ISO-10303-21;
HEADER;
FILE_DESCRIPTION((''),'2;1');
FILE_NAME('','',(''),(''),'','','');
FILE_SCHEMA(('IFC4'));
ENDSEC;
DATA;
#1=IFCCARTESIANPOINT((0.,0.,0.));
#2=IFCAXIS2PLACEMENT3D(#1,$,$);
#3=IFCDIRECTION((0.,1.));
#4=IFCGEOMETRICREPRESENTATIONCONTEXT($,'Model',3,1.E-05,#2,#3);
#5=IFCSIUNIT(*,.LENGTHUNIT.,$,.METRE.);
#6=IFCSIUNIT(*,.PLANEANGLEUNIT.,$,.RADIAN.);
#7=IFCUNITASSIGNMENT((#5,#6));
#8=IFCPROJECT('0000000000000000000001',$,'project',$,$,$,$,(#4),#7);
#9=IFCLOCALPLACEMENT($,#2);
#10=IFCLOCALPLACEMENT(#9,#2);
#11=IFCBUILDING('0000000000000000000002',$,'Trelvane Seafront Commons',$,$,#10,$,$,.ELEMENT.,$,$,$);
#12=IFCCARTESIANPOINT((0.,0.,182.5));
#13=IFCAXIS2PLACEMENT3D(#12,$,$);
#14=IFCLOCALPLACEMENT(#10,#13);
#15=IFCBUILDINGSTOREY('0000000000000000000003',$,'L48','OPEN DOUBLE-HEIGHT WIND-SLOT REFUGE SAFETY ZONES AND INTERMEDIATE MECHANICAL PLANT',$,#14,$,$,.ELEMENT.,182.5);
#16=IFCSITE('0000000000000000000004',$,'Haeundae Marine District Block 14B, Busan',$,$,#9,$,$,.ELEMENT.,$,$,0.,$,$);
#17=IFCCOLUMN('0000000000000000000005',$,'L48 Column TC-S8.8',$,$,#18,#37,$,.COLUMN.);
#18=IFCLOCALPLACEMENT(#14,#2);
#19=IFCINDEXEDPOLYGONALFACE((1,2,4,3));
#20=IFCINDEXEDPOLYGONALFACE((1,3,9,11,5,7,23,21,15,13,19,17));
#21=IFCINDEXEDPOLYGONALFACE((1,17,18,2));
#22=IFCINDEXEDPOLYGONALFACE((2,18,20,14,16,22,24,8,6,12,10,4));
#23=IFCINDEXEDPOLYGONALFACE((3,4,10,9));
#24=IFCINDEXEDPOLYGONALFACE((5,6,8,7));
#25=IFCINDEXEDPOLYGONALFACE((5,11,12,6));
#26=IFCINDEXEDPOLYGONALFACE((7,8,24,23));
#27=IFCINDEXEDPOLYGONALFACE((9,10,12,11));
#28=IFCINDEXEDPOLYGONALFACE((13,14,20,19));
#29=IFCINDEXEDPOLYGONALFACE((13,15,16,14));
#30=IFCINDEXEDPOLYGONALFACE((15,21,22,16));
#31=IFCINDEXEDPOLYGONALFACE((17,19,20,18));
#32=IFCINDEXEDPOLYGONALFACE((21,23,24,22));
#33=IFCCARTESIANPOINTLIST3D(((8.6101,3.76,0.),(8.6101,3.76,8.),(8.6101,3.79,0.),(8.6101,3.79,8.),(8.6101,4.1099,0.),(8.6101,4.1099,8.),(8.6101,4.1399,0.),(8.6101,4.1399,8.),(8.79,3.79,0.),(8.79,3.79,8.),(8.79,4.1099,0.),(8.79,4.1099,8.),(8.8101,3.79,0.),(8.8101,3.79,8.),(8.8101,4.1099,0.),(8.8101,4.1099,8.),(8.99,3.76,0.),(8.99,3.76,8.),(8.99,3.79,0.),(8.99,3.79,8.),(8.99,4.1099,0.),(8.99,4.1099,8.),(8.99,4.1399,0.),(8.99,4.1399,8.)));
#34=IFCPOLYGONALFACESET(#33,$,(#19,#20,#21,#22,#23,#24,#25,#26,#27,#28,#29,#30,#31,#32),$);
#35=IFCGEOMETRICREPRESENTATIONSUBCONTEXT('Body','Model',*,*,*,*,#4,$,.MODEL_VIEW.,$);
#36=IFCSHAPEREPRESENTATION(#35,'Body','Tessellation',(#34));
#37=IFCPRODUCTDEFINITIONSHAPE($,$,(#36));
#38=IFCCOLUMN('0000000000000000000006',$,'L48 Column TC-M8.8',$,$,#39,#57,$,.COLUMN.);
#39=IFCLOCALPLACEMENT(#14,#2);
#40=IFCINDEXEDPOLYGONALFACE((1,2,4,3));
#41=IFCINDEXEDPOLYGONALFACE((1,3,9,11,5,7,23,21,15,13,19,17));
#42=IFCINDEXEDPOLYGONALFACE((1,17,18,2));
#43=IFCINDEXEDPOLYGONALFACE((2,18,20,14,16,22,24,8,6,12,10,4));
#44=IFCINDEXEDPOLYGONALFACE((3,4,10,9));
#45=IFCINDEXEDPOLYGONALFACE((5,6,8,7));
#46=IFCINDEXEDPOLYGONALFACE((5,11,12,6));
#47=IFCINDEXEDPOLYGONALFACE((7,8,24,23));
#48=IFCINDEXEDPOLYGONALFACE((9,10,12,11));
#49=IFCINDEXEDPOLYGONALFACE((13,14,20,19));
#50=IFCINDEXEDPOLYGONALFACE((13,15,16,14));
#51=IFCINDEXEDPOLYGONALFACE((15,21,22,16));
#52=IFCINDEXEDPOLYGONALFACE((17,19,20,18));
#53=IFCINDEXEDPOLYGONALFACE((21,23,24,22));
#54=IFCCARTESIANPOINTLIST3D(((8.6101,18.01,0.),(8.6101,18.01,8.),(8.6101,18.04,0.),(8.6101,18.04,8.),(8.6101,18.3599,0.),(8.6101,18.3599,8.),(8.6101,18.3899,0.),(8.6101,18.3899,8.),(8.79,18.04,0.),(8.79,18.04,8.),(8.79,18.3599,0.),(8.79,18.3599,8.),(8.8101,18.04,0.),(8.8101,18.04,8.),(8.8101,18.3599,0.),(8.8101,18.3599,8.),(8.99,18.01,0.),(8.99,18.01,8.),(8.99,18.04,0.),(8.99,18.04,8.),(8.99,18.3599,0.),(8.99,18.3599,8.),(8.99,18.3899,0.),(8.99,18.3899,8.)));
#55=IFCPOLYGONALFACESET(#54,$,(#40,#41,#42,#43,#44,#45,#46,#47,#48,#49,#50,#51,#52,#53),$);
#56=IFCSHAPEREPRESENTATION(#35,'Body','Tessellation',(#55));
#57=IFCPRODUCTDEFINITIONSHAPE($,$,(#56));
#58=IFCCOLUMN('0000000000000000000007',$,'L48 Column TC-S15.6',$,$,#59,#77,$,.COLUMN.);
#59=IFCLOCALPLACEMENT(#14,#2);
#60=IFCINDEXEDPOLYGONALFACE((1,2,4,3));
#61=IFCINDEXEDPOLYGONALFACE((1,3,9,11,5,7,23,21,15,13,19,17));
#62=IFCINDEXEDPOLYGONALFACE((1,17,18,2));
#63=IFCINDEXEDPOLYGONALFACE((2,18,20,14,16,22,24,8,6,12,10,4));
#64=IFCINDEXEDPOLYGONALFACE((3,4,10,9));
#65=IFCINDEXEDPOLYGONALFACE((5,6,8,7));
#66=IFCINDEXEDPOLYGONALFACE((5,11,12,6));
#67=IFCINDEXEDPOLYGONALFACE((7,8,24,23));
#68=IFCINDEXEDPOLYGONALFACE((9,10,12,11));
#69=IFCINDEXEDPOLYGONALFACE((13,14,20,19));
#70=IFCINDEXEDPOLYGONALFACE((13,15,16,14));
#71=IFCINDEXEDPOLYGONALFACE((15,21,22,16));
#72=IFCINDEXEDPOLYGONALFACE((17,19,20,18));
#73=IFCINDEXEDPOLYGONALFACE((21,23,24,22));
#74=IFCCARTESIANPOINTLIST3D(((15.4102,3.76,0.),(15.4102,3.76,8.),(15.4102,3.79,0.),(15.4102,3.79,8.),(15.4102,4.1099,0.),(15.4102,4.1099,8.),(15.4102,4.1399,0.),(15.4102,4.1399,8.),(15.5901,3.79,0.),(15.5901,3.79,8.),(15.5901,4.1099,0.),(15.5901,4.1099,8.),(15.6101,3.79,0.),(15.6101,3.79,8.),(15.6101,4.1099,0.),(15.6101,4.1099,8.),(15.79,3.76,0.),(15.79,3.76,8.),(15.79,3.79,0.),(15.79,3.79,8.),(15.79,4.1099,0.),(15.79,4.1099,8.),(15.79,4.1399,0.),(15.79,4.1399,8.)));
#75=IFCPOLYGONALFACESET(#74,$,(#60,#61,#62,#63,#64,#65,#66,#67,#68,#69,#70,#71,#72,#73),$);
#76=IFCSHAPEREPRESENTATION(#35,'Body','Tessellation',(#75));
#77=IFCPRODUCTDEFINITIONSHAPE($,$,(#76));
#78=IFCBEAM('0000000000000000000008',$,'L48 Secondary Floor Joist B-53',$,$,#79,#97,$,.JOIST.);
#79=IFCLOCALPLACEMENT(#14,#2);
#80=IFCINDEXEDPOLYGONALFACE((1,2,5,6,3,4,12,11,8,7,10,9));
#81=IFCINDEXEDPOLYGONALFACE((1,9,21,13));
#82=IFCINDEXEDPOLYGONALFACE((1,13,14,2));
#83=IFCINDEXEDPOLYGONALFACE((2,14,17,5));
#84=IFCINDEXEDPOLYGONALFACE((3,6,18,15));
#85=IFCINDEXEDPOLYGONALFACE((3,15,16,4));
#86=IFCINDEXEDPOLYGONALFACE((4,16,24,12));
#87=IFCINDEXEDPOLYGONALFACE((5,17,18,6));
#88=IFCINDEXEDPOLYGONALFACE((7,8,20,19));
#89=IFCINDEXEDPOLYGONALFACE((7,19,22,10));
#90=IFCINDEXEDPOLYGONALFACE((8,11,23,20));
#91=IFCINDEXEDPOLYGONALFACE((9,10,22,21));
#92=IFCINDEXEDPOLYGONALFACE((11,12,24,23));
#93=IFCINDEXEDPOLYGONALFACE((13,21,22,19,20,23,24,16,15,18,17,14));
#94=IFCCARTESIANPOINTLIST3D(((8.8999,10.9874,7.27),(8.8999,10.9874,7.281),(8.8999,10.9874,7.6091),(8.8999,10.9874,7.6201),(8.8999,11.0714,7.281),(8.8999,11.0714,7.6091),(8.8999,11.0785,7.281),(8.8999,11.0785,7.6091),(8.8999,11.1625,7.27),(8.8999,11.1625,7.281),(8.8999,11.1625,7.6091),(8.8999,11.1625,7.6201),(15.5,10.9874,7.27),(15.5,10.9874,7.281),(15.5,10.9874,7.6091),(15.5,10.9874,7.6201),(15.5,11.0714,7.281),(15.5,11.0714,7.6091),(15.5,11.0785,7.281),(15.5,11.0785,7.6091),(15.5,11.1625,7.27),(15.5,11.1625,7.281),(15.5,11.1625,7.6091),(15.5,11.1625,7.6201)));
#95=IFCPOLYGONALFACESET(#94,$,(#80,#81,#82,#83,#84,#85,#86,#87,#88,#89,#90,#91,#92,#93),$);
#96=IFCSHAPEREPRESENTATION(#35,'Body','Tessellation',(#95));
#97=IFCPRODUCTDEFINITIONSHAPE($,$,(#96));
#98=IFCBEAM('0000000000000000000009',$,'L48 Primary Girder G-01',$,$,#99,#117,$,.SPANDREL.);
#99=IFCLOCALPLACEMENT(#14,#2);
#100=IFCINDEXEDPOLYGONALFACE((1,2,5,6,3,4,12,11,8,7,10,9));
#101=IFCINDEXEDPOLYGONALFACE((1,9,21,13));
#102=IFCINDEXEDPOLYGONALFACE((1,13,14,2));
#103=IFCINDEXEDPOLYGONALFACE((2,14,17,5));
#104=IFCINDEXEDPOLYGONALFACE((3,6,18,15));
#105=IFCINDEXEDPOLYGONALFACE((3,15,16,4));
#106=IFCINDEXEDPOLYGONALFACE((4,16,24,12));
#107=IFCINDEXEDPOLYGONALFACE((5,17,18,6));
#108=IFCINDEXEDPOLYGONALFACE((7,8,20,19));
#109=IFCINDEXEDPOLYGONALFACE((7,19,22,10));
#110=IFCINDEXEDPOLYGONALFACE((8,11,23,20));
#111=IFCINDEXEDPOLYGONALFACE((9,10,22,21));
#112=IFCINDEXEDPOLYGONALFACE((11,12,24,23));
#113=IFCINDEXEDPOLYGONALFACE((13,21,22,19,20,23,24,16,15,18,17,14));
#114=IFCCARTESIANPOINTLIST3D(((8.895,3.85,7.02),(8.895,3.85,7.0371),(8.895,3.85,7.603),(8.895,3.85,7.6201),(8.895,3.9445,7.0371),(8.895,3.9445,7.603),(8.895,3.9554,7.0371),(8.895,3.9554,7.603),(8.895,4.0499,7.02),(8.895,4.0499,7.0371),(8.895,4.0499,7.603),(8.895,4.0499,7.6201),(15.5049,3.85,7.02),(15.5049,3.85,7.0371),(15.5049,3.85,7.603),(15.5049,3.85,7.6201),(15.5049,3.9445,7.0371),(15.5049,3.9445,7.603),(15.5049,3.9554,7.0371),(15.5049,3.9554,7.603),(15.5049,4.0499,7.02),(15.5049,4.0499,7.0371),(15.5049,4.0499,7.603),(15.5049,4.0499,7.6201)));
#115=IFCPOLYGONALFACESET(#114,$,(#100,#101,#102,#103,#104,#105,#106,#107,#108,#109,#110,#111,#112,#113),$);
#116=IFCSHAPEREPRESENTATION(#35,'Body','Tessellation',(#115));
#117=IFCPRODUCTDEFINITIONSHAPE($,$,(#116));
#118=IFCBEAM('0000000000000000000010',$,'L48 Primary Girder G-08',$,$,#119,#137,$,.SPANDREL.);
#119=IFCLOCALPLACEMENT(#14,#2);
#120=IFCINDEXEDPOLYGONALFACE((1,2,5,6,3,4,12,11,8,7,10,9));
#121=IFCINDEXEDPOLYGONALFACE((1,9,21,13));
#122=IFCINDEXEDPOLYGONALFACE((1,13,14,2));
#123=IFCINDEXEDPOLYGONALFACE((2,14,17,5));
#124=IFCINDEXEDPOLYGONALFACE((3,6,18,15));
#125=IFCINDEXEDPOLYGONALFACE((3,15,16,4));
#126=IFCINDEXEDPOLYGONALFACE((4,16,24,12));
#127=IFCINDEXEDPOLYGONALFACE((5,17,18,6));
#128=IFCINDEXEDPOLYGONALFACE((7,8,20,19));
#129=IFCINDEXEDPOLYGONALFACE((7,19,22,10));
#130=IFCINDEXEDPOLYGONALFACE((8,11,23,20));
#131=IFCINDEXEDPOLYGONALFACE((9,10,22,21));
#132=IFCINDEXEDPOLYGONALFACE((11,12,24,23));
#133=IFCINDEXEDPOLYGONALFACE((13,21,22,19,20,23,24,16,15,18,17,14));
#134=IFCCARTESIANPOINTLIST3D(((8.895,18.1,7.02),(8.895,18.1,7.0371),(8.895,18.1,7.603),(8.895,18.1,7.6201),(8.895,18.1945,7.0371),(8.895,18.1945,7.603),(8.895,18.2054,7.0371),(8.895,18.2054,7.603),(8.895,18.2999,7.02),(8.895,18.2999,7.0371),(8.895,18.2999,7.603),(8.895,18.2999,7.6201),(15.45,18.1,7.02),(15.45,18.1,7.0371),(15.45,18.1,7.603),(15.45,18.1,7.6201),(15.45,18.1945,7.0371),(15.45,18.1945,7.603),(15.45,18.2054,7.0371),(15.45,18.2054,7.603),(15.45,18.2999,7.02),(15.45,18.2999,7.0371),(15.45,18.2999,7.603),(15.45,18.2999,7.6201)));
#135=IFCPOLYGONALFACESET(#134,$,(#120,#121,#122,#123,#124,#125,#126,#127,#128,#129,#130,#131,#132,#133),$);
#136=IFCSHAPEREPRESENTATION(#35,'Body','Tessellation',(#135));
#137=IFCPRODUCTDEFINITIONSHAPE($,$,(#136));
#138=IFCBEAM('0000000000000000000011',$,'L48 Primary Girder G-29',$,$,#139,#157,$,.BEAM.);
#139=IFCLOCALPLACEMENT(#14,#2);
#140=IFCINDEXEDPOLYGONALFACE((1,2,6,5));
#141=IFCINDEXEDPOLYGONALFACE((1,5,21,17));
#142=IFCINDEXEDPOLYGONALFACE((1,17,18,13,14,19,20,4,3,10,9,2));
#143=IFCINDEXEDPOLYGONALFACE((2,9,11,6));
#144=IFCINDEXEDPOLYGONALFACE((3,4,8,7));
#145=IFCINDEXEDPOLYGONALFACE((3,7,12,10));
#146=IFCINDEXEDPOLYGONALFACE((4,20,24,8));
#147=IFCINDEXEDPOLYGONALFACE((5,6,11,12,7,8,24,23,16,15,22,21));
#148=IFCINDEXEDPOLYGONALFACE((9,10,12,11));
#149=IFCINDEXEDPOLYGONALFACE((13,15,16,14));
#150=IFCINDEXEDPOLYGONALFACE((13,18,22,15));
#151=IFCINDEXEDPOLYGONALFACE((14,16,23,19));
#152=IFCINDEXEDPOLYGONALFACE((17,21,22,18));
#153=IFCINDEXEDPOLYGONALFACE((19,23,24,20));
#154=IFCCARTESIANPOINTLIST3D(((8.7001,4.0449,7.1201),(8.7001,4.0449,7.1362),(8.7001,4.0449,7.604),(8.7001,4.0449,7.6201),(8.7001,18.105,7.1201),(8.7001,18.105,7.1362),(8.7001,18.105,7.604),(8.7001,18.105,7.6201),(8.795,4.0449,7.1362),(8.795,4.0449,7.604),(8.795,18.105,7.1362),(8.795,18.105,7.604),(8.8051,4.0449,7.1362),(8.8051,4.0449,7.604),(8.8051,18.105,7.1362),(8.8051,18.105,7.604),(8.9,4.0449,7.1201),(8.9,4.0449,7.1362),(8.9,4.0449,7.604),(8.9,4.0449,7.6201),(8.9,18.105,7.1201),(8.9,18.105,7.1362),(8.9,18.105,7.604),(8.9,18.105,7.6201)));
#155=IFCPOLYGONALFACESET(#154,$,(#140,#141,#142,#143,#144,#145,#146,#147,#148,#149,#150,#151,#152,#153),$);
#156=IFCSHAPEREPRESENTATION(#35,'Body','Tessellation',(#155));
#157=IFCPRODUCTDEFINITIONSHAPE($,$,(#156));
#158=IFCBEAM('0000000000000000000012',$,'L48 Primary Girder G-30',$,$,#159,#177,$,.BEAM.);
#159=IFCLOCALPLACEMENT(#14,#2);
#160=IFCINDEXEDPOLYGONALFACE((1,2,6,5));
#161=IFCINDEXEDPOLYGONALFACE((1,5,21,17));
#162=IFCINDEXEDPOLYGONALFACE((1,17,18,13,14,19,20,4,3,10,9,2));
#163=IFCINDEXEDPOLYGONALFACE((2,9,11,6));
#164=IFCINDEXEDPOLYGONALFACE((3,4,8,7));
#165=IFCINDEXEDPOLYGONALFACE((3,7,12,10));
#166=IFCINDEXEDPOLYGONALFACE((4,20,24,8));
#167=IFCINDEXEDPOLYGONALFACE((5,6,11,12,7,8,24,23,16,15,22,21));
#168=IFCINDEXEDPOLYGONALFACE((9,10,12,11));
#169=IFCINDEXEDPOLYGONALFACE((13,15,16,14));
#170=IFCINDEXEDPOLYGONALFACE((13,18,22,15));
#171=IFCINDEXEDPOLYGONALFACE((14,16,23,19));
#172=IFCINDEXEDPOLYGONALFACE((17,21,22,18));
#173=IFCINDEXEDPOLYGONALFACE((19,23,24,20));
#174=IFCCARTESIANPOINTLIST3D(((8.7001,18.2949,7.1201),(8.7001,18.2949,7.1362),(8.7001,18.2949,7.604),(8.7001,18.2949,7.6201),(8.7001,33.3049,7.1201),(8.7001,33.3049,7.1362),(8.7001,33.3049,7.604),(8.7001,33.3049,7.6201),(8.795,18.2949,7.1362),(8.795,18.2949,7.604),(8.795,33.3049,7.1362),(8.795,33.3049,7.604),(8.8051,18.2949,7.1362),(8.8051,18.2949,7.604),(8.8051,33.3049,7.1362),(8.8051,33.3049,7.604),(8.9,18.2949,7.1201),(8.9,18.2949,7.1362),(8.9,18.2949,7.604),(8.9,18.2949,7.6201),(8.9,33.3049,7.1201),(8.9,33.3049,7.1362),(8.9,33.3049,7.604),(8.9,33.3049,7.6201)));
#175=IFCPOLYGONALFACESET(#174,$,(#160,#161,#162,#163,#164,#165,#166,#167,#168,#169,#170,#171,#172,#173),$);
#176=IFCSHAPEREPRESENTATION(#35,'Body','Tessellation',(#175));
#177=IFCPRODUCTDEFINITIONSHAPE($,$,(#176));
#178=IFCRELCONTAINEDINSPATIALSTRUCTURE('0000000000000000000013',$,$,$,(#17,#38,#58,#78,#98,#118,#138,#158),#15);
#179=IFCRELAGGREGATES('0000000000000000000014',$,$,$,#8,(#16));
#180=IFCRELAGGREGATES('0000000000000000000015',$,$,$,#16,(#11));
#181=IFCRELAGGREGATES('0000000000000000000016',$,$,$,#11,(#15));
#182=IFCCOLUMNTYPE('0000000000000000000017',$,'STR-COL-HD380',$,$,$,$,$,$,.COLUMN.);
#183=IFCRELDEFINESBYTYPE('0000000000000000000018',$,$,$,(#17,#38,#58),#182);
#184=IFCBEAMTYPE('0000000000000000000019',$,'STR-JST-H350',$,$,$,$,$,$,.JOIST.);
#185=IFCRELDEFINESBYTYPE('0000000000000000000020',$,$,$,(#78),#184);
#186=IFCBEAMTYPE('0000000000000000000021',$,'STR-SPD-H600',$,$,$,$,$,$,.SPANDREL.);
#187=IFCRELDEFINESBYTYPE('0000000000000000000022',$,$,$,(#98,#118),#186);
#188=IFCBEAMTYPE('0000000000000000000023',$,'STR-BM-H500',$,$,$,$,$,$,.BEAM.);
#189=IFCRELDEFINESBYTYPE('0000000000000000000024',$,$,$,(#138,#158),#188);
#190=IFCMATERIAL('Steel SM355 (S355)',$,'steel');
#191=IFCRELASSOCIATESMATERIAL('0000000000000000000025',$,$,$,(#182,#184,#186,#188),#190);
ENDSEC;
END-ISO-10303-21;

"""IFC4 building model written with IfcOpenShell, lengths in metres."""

from ifc_helpers import new_model, si_unit, direction, frame, origin, origin_2d, place, context, subcontext, project, spatial, i_section, extrude, source, transform, mapped, material, material_profile, profile_set, type_object, element, save


model = new_model("IFC4")

# Units and contexts
model_context = context("Model", 3, precision=1e-05, world=origin(), true_north=direction((0.0, 1.0)))
body_context = subcontext(model_context, "Body", "Model", "MODEL_VIEW")
ifc_project = project(units=[si_unit("LENGTHUNIT", "METRE"), si_unit("PLANEANGLEUNIT", "RADIAN")], contexts=[model_context])

# Site, building, storey
site_placement = place(None, origin())
site = spatial("IfcSite", under=ifc_project, at=site_placement, Name="Haeundae Marine District Block 14B, Busan", CompositionType="ELEMENT", RefElevation=0.0)
building_placement = place(site_placement, origin())
building = spatial("IfcBuilding", under=site, at=building_placement, Name="Trelvane Seafront Commons", CompositionType="ELEMENT")
storey_placement = place(building_placement, frame((0.0, 0.0, 182.5)))
storey = spatial("IfcBuildingStorey", under=building, at=storey_placement, Name="L48", Description="OPEN DOUBLE-HEIGHT WIND-SLOT REFUGE SAFETY ZONES AND INTERMEDIATE MECHANICAL PLANT", CompositionType="ELEMENT", Elevation=182.5)

# Columns
ifc_material_1 = material(Name="Steel SM355 (S355)", Category="steel")
ifc_material_profile_1 = material_profile(ifc_material_1, i_section(OverallWidth=0.3799, OverallDepth=0.3799, WebThickness=0.02, FlangeThickness=0.03, at=origin_2d()), Name="HD-380x380x20x30")
ifc_profile_set_1 = profile_set([ifc_material_profile_1], Name="Steel SM355 (S355)")
column_type = type_object("IfcColumnType", Name="STR-COL-HD380", PredefinedType="COLUMN", material=ifc_profile_set_1)
shared_shape_1 = source(origin(), body_context, "Body", "SweptSolid", [
    extrude(i_section(OverallWidth=0.3799, OverallDepth=0.3799, WebThickness=0.02, FlangeThickness=0.03, at=origin_2d()), origin(), (0.0, 0.0, 1.0), 8.0),
])
for number, where, z_axis, x_axis, name in (
    (1, (8.8, 3.95, 0.0), (0.0, 0.0, 1.0), (1.0, 0.0, 0.0), "L48 Column TC-S8.8"),
    (2, (8.8, 18.2, 0.0), (0.0, 0.0, 1.0), (1.0, 0.0, 0.0), "L48 Column TC-M8.8"),
    (3, (15.6001, 3.95, 0.0), (0.0, 0.0, 1.0), (1.0, 0.0, 0.0), "L48 Column TC-S15.6"),
):
    element("IfcColumn", number, at=place(storey_placement, frame(where, z_axis=z_axis, x_axis=x_axis)), inside=storey, type_object=column_type, Name=name, PredefinedType="COLUMN", context=body_context, shape_type="MappedRepresentation", body=[
        mapped(shared_shape_1, transform((0.0, 0.0, 0.0), x_axis=(1.0, 0.0, 0.0), y_axis=(0.0, 1.0, 0.0), z_axis=(0.0, 0.0, 1.0), scale=1.0)),
    ])

# Beams
ifc_material_profile_2 = material_profile(ifc_material_1, i_section(OverallWidth=0.175, OverallDepth=0.3501, WebThickness=0.0071, FlangeThickness=0.011, at=origin_2d()), Name="H-350x175x7x11")
ifc_profile_set_2 = profile_set([ifc_material_profile_2], Name="Steel SM355 (S355)")
beam_type_1 = type_object("IfcBeamType", Name="STR-JST-H350", PredefinedType="JOIST", material=ifc_profile_set_2)
shared_shape_2 = source(origin(), body_context, "Body", "SweptSolid", [
    extrude(i_section(OverallWidth=0.175, OverallDepth=0.3501, WebThickness=0.0071, FlangeThickness=0.011, at=origin_2d()), origin(), (0.0, 0.0, 1.0), 6.6001),
])
beam_1_placement = place(storey_placement, frame((8.8999, 11.075, 7.4451), z_axis=(1.0, 0.0, 0.0), x_axis=(0.0, 1.0, 0.0)))
element("IfcBeam", 4, at=beam_1_placement, inside=storey, type_object=beam_type_1, Name="L48 Secondary Floor Joist B-53", PredefinedType="JOIST", context=body_context, shape_type="MappedRepresentation", body=[
    mapped(shared_shape_2, transform((0.0, 0.0, 0.0), x_axis=(1.0, 0.0, 0.0), y_axis=(0.0, 1.0, 0.0), z_axis=(0.0, 0.0, 1.0), scale=1.0)),
])
ifc_material_profile_3 = material_profile(ifc_material_1, i_section(OverallWidth=0.2, OverallDepth=0.6001, WebThickness=0.011, FlangeThickness=0.0171, at=origin_2d()), Name="H-600x200x11x17")
ifc_profile_set_3 = profile_set([ifc_material_profile_3], Name="Steel SM355 (S355)")
beam_type_2 = type_object("IfcBeamType", Name="STR-SPD-H600", PredefinedType="SPANDREL", material=ifc_profile_set_3)
shared_shape_3 = source(origin(), body_context, "Body", "SweptSolid", [
    extrude(i_section(OverallWidth=0.2, OverallDepth=0.6001, WebThickness=0.011, FlangeThickness=0.0171, at=origin_2d()), origin(), (0.0, 0.0, 1.0), 6.6099),
])
beam_2_placement = place(storey_placement, frame((8.895, 3.95, 7.3201), z_axis=(1.0, 0.0, 0.0), x_axis=(0.0, 1.0, 0.0)))
element("IfcBeam", 5, at=beam_2_placement, inside=storey, type_object=beam_type_2, Name="L48 Primary Girder G-01", PredefinedType="SPANDREL", context=body_context, shape_type="MappedRepresentation", body=[
    mapped(shared_shape_3, transform((0.0, 0.0, 0.0), x_axis=(1.0, 0.0, 0.0), y_axis=(0.0, 1.0, 0.0), z_axis=(0.0, 0.0, 1.0), scale=1.0)),
])
shared_shape_4 = source(origin(), body_context, "Body", "SweptSolid", [
    extrude(i_section(OverallWidth=0.2, OverallDepth=0.6001, WebThickness=0.011, FlangeThickness=0.0171, at=origin_2d()), origin(), (0.0, 0.0, 1.0), 6.5549),
])
beam_3_placement = place(storey_placement, frame((8.895, 18.2, 7.3201), z_axis=(1.0, 0.0, 0.0), x_axis=(0.0, 1.0, 0.0)))
element("IfcBeam", 6, at=beam_3_placement, inside=storey, type_object=beam_type_2, Name="L48 Primary Girder G-08", PredefinedType="SPANDREL", context=body_context, shape_type="MappedRepresentation", body=[
    mapped(shared_shape_4, transform((0.0, 0.0, 0.0), x_axis=(1.0, 0.0, 0.0), y_axis=(0.0, 1.0, 0.0), z_axis=(0.0, 0.0, 1.0), scale=1.0)),
])
ifc_material_profile_4 = material_profile(ifc_material_1, i_section(OverallWidth=0.2, OverallDepth=0.5, WebThickness=0.01, FlangeThickness=0.0161, at=origin_2d()), Name="H-500x200x10x16")
ifc_profile_set_4 = profile_set([ifc_material_profile_4], Name="Steel SM355 (S355)")
beam_type_3 = type_object("IfcBeamType", Name="STR-BM-H500", PredefinedType="BEAM", material=ifc_profile_set_4)
shared_shape_5 = source(origin(), body_context, "Body", "SweptSolid", [
    extrude(i_section(OverallWidth=0.2, OverallDepth=0.5, WebThickness=0.01, FlangeThickness=0.0161, at=origin_2d()), origin(), (0.0, 0.0, 1.0), 14.0601),
])
beam_4_placement = place(storey_placement, frame((8.8, 4.0449, 7.3701), z_axis=(0.0, 1.0, 0.0), x_axis=(-1.0, 0.0, 0.0)))
element("IfcBeam", 7, at=beam_4_placement, inside=storey, type_object=beam_type_3, Name="L48 Primary Girder G-29", PredefinedType="BEAM", context=body_context, shape_type="MappedRepresentation", body=[
    mapped(shared_shape_5, transform((0.0, 0.0, 0.0), x_axis=(1.0, 0.0, 0.0), y_axis=(0.0, 1.0, 0.0), z_axis=(0.0, 0.0, 1.0), scale=1.0)),
])
shared_shape_6 = source(origin(), body_context, "Body", "SweptSolid", [
    extrude(i_section(OverallWidth=0.2, OverallDepth=0.5, WebThickness=0.01, FlangeThickness=0.0161, at=origin_2d()), origin(), (0.0, 0.0, 1.0), 15.01),
])
beam_5_placement = place(storey_placement, frame((8.8, 18.2949, 7.3701), z_axis=(0.0, 1.0, 0.0), x_axis=(-1.0, 0.0, 0.0)))
element("IfcBeam", 8, at=beam_5_placement, inside=storey, type_object=beam_type_3, Name="L48 Primary Girder G-30", PredefinedType="BEAM", context=body_context, shape_type="MappedRepresentation", body=[
    mapped(shared_shape_6, transform((0.0, 0.0, 0.0), x_axis=(1.0, 0.0, 0.0), y_axis=(0.0, 1.0, 0.0), z_axis=(0.0, 0.0, 1.0), scale=1.0)),
])

save(model, "model.ifc")
